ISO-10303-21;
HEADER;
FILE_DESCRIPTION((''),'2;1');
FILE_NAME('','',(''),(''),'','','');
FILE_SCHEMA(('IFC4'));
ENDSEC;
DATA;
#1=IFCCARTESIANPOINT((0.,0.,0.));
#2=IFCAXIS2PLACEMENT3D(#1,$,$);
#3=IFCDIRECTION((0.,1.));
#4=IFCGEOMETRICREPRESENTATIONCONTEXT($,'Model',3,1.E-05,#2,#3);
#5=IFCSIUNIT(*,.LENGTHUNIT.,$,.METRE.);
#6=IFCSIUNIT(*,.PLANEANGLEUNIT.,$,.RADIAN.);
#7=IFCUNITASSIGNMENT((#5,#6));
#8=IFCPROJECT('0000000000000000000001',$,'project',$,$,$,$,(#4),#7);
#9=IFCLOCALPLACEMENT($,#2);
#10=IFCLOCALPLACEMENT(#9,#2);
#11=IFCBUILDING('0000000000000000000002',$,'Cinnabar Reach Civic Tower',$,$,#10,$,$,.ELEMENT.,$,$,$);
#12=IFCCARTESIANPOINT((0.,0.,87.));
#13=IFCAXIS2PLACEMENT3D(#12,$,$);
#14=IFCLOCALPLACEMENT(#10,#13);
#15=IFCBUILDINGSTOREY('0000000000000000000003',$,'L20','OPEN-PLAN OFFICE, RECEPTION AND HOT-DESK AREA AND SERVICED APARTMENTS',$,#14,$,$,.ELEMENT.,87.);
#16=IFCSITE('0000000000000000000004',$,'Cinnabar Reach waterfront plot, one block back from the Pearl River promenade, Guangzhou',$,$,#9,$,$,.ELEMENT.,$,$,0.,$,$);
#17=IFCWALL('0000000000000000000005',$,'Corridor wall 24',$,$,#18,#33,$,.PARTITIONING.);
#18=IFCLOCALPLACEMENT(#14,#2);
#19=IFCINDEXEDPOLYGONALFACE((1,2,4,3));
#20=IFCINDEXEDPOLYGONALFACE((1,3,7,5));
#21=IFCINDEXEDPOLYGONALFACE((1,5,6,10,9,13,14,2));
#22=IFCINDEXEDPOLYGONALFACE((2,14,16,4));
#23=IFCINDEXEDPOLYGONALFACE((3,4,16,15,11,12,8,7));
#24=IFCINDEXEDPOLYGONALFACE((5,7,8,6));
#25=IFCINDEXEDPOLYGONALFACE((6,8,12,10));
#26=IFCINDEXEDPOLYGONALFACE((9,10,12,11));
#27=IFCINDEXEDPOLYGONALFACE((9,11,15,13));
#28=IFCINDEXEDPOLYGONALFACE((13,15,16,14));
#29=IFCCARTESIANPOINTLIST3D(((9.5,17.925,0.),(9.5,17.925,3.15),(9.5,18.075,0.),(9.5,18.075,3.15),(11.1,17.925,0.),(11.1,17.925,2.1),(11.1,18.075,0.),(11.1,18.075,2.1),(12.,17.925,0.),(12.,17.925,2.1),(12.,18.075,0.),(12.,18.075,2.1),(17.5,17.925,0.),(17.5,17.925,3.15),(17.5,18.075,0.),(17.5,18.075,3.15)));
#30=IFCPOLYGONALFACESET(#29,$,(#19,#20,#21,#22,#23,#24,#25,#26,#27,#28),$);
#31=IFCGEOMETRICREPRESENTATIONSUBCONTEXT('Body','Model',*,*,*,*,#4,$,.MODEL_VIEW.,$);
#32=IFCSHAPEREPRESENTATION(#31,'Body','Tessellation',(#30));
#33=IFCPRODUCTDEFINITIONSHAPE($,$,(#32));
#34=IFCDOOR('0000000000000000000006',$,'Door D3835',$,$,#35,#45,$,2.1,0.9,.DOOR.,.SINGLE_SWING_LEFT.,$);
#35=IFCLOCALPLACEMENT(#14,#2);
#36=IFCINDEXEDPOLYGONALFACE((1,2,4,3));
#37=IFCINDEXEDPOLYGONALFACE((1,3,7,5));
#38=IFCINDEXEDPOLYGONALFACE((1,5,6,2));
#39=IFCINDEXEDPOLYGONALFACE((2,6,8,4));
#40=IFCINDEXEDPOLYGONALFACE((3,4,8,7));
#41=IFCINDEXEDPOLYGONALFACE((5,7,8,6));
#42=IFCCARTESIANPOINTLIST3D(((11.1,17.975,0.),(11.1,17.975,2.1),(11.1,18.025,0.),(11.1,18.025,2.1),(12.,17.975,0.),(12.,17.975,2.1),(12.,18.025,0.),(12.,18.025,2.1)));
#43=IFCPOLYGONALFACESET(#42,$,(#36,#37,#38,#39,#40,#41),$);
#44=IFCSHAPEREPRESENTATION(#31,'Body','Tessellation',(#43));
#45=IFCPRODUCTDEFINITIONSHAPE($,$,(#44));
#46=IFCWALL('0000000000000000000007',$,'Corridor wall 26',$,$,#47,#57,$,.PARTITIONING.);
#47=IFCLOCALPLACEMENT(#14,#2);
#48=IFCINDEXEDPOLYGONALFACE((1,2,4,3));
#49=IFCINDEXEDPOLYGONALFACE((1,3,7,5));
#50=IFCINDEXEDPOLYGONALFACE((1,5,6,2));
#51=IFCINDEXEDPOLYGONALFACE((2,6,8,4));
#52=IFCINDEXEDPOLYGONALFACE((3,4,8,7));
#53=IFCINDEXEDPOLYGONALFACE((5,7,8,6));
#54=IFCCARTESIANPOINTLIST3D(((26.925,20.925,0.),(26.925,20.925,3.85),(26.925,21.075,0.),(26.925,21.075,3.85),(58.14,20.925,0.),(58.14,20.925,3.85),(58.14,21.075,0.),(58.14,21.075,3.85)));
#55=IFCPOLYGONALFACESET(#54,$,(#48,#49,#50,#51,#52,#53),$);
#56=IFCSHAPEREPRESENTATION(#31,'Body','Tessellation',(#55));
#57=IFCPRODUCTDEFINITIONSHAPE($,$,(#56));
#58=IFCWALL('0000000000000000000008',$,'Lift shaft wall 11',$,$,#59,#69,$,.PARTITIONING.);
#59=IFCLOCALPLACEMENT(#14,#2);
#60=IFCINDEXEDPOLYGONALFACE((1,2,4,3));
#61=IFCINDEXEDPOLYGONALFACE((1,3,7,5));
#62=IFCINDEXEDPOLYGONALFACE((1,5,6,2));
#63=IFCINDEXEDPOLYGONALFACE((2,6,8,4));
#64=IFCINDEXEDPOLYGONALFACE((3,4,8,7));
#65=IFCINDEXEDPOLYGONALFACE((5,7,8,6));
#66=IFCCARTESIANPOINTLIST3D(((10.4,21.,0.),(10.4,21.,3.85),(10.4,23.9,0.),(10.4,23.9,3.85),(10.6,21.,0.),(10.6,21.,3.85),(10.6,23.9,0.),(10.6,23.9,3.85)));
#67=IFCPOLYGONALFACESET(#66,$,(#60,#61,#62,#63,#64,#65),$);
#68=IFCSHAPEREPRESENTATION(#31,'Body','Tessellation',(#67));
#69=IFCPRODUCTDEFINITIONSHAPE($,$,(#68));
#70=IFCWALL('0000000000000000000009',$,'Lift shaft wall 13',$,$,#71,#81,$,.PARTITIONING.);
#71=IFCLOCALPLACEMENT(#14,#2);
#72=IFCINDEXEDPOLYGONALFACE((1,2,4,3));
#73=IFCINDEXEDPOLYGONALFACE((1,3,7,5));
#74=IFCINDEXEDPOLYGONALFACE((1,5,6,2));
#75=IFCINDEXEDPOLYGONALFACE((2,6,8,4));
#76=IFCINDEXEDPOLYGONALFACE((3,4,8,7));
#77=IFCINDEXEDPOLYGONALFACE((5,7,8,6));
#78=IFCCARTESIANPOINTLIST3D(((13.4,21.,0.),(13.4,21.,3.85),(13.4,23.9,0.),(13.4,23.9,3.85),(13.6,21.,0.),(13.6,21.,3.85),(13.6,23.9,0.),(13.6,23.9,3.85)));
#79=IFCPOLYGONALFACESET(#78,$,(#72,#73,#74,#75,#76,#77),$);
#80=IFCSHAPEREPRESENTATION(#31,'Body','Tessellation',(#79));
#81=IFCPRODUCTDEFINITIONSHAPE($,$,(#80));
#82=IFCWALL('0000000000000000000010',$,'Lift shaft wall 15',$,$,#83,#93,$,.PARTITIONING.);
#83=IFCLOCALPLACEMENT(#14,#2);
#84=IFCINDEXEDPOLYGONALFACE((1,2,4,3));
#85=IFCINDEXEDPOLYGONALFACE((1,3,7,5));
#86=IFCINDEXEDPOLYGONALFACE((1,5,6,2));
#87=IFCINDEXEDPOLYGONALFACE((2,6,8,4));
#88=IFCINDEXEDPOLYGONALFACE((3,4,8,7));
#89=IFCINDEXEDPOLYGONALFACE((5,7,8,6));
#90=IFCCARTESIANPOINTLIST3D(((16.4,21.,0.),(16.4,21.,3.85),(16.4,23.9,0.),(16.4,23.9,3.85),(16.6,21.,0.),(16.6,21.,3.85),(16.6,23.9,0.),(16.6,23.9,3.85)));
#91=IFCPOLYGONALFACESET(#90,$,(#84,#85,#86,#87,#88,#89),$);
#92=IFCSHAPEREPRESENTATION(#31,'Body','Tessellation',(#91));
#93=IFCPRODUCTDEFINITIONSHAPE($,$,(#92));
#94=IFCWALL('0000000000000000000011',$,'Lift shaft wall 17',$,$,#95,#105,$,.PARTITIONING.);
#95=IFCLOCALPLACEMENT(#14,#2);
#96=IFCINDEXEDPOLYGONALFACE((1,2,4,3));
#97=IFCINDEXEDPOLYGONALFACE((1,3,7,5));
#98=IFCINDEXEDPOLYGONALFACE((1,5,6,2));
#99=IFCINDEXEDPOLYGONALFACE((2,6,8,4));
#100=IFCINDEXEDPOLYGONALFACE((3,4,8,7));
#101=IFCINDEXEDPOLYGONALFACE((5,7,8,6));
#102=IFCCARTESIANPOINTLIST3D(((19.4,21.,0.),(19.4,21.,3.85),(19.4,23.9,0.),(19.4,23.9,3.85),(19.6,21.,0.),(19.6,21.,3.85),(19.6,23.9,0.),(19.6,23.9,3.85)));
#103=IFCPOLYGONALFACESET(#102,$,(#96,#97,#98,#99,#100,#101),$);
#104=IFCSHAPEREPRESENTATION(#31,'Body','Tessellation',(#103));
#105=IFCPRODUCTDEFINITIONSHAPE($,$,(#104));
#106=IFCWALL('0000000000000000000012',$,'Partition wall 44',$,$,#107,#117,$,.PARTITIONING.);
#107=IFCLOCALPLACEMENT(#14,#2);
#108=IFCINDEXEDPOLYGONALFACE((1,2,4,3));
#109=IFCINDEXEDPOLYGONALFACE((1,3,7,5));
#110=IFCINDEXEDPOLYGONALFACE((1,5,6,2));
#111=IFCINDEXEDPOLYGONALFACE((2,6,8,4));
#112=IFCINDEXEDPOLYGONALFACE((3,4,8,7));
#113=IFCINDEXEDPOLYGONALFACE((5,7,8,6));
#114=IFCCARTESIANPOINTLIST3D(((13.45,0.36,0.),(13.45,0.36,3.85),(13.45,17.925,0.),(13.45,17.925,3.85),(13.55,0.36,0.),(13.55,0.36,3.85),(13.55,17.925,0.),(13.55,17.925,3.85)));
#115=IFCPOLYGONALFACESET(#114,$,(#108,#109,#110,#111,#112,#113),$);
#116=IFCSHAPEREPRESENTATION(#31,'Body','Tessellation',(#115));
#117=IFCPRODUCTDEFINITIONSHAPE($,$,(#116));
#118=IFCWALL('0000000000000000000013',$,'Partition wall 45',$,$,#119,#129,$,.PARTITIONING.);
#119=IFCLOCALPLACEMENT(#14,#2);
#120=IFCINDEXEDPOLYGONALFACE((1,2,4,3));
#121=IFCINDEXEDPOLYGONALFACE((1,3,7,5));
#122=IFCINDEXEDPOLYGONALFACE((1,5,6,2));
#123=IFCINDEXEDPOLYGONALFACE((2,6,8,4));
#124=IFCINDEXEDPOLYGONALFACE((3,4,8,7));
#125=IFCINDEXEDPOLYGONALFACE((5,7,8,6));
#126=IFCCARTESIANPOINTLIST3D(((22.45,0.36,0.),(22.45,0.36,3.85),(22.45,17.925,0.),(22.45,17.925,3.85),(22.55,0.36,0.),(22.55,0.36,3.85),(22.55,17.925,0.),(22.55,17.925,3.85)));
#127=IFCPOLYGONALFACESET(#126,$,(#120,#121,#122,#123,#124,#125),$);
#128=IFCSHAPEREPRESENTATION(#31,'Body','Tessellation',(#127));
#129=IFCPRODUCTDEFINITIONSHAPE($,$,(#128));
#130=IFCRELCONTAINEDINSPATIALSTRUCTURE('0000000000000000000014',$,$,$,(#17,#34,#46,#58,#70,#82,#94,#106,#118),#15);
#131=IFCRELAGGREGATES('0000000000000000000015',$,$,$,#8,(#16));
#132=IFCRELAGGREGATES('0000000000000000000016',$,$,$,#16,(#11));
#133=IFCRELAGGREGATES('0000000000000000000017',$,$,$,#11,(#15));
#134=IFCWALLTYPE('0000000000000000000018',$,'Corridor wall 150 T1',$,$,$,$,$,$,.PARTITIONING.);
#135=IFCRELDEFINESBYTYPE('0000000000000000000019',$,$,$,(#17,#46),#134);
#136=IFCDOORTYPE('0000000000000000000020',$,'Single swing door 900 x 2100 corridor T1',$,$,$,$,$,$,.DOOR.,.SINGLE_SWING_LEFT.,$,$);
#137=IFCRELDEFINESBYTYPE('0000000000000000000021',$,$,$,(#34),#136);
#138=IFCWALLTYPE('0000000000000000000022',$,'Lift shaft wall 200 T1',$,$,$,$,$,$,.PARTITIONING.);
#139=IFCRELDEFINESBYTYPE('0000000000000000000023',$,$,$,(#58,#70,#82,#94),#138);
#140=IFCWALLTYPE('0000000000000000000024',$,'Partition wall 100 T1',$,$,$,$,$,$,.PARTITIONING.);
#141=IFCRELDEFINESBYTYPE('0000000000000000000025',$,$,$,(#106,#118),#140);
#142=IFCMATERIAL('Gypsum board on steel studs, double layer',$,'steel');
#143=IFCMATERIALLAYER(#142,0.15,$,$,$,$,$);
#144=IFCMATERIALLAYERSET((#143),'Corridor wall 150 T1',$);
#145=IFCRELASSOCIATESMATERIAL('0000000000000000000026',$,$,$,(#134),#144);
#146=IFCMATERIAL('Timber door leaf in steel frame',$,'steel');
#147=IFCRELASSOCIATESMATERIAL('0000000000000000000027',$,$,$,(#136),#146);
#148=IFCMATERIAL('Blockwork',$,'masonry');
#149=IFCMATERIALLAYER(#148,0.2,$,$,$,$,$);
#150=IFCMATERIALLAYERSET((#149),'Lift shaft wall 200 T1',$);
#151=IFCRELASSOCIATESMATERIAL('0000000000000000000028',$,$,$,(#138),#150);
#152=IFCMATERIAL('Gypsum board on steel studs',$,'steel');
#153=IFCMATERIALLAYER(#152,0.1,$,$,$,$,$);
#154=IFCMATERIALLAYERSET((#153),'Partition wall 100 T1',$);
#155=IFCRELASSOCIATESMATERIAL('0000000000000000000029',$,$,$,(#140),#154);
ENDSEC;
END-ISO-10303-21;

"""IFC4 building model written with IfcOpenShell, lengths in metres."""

from ifc_helpers import new_model, si_unit, direction, frame, frame_2d, origin, place, context, subcontext, project, spatial, rectangle, extrude, material, layer, layer_set, type_object, element, fill, save


model = new_model("IFC4")

# Units and contexts
model_context = context("Model", 3, precision=1e-05, world=origin(), true_north=direction((0.0, 1.0)))
body_context = subcontext(model_context, "Body", "Model", "MODEL_VIEW")
ifc_project = project(units=[si_unit("LENGTHUNIT", "METRE"), si_unit("PLANEANGLEUNIT", "RADIAN")], contexts=[model_context])

# Site, building, storey
site_placement = place(None, origin())
site = spatial("IfcSite", under=ifc_project, at=site_placement, Name="Cinnabar Reach waterfront plot, one block back from the Pearl River promenade, Guangzhou", CompositionType="ELEMENT", RefElevation=0.0)
building_placement = place(site_placement, origin())
building = spatial("IfcBuilding", under=site, at=building_placement, Name="Cinnabar Reach Civic Tower", CompositionType="ELEMENT")
storey_placement = place(building_placement, frame((0.0, 0.0, 87.0)))
storey = spatial("IfcBuildingStorey", under=building, at=storey_placement, Name="L20", Description="OPEN-PLAN OFFICE, RECEPTION AND HOT-DESK AREA AND SERVICED APARTMENTS", CompositionType="ELEMENT", Elevation=87.0)

# Wall, opening, door
ifc_material_1 = material(Name="Timber door leaf in steel frame", Category="steel")
ifc_material_2 = material(Name="Gypsum board on steel studs, double layer", Category="steel")
ifc_layer_1 = layer(ifc_material_2, 0.15)
ifc_layer_set_1 = layer_set([ifc_layer_1], Name="Corridor wall 150 T1")
wall_type_1 = type_object("IfcWallType", Name="Corridor wall 150 T1", PredefinedType="PARTITIONING", material=ifc_layer_set_1)
door_type_1 = type_object("IfcDoorType", Name="Single swing door 900 x 2100 corridor T1", OperationType="SINGLE_SWING_LEFT", PredefinedType="DOOR", material=ifc_material_1)
wall_1_placement = place(storey_placement, frame((9.5, 18.0, 0.0), z_axis=(0.0, 0.0, 1.0), x_axis=(1.0, 0.0, 0.0)))
wall_1 = element("IfcWall", 1, at=wall_1_placement, inside=storey, type_object=wall_type_1, Name="Corridor wall 24", PredefinedType="PARTITIONING", context=body_context, shape_type="SweptSolid", body=[
    extrude(rectangle(XDim=8.0, YDim=0.15, at=frame_2d((4.0, 0.0))), origin(), (0.0, 0.0, 1.0), 3.15),
])
opening_1_placement = place(wall_1_placement, frame((1.6, 0.0, 0.0)))
opening_1 = element("IfcOpeningElement", 2, at=opening_1_placement, cuts=wall_1, PredefinedType="OPENING", context=body_context, shape_type="SweptSolid", body=[
    extrude(rectangle(XDim=0.9, YDim=2.1, at=frame_2d((0.45, 1.05))), frame((0.0, 0.085, 0.0), z_axis=(0.0, -1.0, 0.0), x_axis=(1.0, 0.0, 0.0)), (0.0, 0.0, 1.0), 0.17),
])
door_1_placement = place(opening_1_placement, frame((0.9, 0.0, 0.0), z_axis=(0.0, 0.0, 1.0), x_axis=(-1.0, 0.0, 0.0)))
door_1 = element("IfcDoor", 3, at=door_1_placement, inside=storey, type_object=door_type_1, Name="Door D3835", OperationType="SINGLE_SWING_LEFT", OverallHeight=2.1, OverallWidth=0.9, PredefinedType="DOOR", context=body_context, shape_type="SweptSolid", body=[
    extrude(rectangle(XDim=0.9, YDim=2.1, at=frame_2d((0.45, 1.05))), frame((0.0, 0.025, 0.0), z_axis=(0.0, -1.0, 0.0), x_axis=(1.0, 0.0, 0.0)), (0.0, 0.0, 1.0), 0.05),
])
fill(opening_1, door_1)

# Walls
wall_2_placement = place(storey_placement, frame((26.925, 21.0, 0.0), z_axis=(0.0, 0.0, 1.0), x_axis=(1.0, 0.0, 0.0)))
element("IfcWall", 4, at=wall_2_placement, inside=storey, type_object=wall_type_1, Name="Corridor wall 26", PredefinedType="PARTITIONING", context=body_context, shape_type="SweptSolid", body=[
    extrude(rectangle(XDim=31.215, YDim=0.15, at=frame_2d((15.6075, 0.0))), origin(), (0.0, 0.0, 1.0), 3.85),
])
ifc_material_3 = material(Name="Blockwork", Category="masonry")
ifc_layer_2 = layer(ifc_material_3, 0.2)
ifc_layer_set_2 = layer_set([ifc_layer_2], Name="Lift shaft wall 200 T1")
wall_type_2 = type_object("IfcWallType", Name="Lift shaft wall 200 T1", PredefinedType="PARTITIONING", material=ifc_layer_set_2)
for number, where, z_axis, x_axis, name in (
    (5, (10.5, 21.0, 0.0), (0.0, 0.0, 1.0), (0.0, 1.0, 0.0), "Lift shaft wall 11"),
    (6, (13.5, 21.0, 0.0), (0.0, 0.0, 1.0), (0.0, 1.0, 0.0), "Lift shaft wall 13"),
    (7, (16.5, 21.0, 0.0), (0.0, 0.0, 1.0), (0.0, 1.0, 0.0), "Lift shaft wall 15"),
    (8, (19.5, 21.0, 0.0), (0.0, 0.0, 1.0), (0.0, 1.0, 0.0), "Lift shaft wall 17"),
):
    element("IfcWall", number, at=place(storey_placement, frame(where, z_axis=z_axis, x_axis=x_axis)), inside=storey, type_object=wall_type_2, Name=name, PredefinedType="PARTITIONING", context=body_context, shape_type="SweptSolid", body=[
        extrude(rectangle(XDim=2.9, YDim=0.2, at=frame_2d((1.45, 0.0))), origin(), (0.0, 0.0, 1.0), 3.85),
    ])
ifc_material_4 = material(Name="Gypsum board on steel studs", Category="steel")
ifc_layer_3 = layer(ifc_material_4, 0.1)
ifc_layer_set_3 = layer_set([ifc_layer_3], Name="Partition wall 100 T1")
wall_type_3 = type_object("IfcWallType", Name="Partition wall 100 T1", PredefinedType="PARTITIONING", material=ifc_layer_set_3)
for number, where, z_axis, x_axis, name in (
    (9, (13.5, 0.36, 0.0), (0.0, 0.0, 1.0), (0.0, 1.0, 0.0), "Partition wall 44"),
    (10, (22.5, 0.36, 0.0), (0.0, 0.0, 1.0), (0.0, 1.0, 0.0), "Partition wall 45"),
):
    element("IfcWall", number, at=place(storey_placement, frame(where, z_axis=z_axis, x_axis=x_axis)), inside=storey, type_object=wall_type_3, Name=name, PredefinedType="PARTITIONING", context=body_context, shape_type="SweptSolid", body=[
        extrude(rectangle(XDim=17.565, YDim=0.1, at=frame_2d((8.7825, 0.0))), origin(), (0.0, 0.0, 1.0), 3.85),
    ])

save(model, "model.ifc")
